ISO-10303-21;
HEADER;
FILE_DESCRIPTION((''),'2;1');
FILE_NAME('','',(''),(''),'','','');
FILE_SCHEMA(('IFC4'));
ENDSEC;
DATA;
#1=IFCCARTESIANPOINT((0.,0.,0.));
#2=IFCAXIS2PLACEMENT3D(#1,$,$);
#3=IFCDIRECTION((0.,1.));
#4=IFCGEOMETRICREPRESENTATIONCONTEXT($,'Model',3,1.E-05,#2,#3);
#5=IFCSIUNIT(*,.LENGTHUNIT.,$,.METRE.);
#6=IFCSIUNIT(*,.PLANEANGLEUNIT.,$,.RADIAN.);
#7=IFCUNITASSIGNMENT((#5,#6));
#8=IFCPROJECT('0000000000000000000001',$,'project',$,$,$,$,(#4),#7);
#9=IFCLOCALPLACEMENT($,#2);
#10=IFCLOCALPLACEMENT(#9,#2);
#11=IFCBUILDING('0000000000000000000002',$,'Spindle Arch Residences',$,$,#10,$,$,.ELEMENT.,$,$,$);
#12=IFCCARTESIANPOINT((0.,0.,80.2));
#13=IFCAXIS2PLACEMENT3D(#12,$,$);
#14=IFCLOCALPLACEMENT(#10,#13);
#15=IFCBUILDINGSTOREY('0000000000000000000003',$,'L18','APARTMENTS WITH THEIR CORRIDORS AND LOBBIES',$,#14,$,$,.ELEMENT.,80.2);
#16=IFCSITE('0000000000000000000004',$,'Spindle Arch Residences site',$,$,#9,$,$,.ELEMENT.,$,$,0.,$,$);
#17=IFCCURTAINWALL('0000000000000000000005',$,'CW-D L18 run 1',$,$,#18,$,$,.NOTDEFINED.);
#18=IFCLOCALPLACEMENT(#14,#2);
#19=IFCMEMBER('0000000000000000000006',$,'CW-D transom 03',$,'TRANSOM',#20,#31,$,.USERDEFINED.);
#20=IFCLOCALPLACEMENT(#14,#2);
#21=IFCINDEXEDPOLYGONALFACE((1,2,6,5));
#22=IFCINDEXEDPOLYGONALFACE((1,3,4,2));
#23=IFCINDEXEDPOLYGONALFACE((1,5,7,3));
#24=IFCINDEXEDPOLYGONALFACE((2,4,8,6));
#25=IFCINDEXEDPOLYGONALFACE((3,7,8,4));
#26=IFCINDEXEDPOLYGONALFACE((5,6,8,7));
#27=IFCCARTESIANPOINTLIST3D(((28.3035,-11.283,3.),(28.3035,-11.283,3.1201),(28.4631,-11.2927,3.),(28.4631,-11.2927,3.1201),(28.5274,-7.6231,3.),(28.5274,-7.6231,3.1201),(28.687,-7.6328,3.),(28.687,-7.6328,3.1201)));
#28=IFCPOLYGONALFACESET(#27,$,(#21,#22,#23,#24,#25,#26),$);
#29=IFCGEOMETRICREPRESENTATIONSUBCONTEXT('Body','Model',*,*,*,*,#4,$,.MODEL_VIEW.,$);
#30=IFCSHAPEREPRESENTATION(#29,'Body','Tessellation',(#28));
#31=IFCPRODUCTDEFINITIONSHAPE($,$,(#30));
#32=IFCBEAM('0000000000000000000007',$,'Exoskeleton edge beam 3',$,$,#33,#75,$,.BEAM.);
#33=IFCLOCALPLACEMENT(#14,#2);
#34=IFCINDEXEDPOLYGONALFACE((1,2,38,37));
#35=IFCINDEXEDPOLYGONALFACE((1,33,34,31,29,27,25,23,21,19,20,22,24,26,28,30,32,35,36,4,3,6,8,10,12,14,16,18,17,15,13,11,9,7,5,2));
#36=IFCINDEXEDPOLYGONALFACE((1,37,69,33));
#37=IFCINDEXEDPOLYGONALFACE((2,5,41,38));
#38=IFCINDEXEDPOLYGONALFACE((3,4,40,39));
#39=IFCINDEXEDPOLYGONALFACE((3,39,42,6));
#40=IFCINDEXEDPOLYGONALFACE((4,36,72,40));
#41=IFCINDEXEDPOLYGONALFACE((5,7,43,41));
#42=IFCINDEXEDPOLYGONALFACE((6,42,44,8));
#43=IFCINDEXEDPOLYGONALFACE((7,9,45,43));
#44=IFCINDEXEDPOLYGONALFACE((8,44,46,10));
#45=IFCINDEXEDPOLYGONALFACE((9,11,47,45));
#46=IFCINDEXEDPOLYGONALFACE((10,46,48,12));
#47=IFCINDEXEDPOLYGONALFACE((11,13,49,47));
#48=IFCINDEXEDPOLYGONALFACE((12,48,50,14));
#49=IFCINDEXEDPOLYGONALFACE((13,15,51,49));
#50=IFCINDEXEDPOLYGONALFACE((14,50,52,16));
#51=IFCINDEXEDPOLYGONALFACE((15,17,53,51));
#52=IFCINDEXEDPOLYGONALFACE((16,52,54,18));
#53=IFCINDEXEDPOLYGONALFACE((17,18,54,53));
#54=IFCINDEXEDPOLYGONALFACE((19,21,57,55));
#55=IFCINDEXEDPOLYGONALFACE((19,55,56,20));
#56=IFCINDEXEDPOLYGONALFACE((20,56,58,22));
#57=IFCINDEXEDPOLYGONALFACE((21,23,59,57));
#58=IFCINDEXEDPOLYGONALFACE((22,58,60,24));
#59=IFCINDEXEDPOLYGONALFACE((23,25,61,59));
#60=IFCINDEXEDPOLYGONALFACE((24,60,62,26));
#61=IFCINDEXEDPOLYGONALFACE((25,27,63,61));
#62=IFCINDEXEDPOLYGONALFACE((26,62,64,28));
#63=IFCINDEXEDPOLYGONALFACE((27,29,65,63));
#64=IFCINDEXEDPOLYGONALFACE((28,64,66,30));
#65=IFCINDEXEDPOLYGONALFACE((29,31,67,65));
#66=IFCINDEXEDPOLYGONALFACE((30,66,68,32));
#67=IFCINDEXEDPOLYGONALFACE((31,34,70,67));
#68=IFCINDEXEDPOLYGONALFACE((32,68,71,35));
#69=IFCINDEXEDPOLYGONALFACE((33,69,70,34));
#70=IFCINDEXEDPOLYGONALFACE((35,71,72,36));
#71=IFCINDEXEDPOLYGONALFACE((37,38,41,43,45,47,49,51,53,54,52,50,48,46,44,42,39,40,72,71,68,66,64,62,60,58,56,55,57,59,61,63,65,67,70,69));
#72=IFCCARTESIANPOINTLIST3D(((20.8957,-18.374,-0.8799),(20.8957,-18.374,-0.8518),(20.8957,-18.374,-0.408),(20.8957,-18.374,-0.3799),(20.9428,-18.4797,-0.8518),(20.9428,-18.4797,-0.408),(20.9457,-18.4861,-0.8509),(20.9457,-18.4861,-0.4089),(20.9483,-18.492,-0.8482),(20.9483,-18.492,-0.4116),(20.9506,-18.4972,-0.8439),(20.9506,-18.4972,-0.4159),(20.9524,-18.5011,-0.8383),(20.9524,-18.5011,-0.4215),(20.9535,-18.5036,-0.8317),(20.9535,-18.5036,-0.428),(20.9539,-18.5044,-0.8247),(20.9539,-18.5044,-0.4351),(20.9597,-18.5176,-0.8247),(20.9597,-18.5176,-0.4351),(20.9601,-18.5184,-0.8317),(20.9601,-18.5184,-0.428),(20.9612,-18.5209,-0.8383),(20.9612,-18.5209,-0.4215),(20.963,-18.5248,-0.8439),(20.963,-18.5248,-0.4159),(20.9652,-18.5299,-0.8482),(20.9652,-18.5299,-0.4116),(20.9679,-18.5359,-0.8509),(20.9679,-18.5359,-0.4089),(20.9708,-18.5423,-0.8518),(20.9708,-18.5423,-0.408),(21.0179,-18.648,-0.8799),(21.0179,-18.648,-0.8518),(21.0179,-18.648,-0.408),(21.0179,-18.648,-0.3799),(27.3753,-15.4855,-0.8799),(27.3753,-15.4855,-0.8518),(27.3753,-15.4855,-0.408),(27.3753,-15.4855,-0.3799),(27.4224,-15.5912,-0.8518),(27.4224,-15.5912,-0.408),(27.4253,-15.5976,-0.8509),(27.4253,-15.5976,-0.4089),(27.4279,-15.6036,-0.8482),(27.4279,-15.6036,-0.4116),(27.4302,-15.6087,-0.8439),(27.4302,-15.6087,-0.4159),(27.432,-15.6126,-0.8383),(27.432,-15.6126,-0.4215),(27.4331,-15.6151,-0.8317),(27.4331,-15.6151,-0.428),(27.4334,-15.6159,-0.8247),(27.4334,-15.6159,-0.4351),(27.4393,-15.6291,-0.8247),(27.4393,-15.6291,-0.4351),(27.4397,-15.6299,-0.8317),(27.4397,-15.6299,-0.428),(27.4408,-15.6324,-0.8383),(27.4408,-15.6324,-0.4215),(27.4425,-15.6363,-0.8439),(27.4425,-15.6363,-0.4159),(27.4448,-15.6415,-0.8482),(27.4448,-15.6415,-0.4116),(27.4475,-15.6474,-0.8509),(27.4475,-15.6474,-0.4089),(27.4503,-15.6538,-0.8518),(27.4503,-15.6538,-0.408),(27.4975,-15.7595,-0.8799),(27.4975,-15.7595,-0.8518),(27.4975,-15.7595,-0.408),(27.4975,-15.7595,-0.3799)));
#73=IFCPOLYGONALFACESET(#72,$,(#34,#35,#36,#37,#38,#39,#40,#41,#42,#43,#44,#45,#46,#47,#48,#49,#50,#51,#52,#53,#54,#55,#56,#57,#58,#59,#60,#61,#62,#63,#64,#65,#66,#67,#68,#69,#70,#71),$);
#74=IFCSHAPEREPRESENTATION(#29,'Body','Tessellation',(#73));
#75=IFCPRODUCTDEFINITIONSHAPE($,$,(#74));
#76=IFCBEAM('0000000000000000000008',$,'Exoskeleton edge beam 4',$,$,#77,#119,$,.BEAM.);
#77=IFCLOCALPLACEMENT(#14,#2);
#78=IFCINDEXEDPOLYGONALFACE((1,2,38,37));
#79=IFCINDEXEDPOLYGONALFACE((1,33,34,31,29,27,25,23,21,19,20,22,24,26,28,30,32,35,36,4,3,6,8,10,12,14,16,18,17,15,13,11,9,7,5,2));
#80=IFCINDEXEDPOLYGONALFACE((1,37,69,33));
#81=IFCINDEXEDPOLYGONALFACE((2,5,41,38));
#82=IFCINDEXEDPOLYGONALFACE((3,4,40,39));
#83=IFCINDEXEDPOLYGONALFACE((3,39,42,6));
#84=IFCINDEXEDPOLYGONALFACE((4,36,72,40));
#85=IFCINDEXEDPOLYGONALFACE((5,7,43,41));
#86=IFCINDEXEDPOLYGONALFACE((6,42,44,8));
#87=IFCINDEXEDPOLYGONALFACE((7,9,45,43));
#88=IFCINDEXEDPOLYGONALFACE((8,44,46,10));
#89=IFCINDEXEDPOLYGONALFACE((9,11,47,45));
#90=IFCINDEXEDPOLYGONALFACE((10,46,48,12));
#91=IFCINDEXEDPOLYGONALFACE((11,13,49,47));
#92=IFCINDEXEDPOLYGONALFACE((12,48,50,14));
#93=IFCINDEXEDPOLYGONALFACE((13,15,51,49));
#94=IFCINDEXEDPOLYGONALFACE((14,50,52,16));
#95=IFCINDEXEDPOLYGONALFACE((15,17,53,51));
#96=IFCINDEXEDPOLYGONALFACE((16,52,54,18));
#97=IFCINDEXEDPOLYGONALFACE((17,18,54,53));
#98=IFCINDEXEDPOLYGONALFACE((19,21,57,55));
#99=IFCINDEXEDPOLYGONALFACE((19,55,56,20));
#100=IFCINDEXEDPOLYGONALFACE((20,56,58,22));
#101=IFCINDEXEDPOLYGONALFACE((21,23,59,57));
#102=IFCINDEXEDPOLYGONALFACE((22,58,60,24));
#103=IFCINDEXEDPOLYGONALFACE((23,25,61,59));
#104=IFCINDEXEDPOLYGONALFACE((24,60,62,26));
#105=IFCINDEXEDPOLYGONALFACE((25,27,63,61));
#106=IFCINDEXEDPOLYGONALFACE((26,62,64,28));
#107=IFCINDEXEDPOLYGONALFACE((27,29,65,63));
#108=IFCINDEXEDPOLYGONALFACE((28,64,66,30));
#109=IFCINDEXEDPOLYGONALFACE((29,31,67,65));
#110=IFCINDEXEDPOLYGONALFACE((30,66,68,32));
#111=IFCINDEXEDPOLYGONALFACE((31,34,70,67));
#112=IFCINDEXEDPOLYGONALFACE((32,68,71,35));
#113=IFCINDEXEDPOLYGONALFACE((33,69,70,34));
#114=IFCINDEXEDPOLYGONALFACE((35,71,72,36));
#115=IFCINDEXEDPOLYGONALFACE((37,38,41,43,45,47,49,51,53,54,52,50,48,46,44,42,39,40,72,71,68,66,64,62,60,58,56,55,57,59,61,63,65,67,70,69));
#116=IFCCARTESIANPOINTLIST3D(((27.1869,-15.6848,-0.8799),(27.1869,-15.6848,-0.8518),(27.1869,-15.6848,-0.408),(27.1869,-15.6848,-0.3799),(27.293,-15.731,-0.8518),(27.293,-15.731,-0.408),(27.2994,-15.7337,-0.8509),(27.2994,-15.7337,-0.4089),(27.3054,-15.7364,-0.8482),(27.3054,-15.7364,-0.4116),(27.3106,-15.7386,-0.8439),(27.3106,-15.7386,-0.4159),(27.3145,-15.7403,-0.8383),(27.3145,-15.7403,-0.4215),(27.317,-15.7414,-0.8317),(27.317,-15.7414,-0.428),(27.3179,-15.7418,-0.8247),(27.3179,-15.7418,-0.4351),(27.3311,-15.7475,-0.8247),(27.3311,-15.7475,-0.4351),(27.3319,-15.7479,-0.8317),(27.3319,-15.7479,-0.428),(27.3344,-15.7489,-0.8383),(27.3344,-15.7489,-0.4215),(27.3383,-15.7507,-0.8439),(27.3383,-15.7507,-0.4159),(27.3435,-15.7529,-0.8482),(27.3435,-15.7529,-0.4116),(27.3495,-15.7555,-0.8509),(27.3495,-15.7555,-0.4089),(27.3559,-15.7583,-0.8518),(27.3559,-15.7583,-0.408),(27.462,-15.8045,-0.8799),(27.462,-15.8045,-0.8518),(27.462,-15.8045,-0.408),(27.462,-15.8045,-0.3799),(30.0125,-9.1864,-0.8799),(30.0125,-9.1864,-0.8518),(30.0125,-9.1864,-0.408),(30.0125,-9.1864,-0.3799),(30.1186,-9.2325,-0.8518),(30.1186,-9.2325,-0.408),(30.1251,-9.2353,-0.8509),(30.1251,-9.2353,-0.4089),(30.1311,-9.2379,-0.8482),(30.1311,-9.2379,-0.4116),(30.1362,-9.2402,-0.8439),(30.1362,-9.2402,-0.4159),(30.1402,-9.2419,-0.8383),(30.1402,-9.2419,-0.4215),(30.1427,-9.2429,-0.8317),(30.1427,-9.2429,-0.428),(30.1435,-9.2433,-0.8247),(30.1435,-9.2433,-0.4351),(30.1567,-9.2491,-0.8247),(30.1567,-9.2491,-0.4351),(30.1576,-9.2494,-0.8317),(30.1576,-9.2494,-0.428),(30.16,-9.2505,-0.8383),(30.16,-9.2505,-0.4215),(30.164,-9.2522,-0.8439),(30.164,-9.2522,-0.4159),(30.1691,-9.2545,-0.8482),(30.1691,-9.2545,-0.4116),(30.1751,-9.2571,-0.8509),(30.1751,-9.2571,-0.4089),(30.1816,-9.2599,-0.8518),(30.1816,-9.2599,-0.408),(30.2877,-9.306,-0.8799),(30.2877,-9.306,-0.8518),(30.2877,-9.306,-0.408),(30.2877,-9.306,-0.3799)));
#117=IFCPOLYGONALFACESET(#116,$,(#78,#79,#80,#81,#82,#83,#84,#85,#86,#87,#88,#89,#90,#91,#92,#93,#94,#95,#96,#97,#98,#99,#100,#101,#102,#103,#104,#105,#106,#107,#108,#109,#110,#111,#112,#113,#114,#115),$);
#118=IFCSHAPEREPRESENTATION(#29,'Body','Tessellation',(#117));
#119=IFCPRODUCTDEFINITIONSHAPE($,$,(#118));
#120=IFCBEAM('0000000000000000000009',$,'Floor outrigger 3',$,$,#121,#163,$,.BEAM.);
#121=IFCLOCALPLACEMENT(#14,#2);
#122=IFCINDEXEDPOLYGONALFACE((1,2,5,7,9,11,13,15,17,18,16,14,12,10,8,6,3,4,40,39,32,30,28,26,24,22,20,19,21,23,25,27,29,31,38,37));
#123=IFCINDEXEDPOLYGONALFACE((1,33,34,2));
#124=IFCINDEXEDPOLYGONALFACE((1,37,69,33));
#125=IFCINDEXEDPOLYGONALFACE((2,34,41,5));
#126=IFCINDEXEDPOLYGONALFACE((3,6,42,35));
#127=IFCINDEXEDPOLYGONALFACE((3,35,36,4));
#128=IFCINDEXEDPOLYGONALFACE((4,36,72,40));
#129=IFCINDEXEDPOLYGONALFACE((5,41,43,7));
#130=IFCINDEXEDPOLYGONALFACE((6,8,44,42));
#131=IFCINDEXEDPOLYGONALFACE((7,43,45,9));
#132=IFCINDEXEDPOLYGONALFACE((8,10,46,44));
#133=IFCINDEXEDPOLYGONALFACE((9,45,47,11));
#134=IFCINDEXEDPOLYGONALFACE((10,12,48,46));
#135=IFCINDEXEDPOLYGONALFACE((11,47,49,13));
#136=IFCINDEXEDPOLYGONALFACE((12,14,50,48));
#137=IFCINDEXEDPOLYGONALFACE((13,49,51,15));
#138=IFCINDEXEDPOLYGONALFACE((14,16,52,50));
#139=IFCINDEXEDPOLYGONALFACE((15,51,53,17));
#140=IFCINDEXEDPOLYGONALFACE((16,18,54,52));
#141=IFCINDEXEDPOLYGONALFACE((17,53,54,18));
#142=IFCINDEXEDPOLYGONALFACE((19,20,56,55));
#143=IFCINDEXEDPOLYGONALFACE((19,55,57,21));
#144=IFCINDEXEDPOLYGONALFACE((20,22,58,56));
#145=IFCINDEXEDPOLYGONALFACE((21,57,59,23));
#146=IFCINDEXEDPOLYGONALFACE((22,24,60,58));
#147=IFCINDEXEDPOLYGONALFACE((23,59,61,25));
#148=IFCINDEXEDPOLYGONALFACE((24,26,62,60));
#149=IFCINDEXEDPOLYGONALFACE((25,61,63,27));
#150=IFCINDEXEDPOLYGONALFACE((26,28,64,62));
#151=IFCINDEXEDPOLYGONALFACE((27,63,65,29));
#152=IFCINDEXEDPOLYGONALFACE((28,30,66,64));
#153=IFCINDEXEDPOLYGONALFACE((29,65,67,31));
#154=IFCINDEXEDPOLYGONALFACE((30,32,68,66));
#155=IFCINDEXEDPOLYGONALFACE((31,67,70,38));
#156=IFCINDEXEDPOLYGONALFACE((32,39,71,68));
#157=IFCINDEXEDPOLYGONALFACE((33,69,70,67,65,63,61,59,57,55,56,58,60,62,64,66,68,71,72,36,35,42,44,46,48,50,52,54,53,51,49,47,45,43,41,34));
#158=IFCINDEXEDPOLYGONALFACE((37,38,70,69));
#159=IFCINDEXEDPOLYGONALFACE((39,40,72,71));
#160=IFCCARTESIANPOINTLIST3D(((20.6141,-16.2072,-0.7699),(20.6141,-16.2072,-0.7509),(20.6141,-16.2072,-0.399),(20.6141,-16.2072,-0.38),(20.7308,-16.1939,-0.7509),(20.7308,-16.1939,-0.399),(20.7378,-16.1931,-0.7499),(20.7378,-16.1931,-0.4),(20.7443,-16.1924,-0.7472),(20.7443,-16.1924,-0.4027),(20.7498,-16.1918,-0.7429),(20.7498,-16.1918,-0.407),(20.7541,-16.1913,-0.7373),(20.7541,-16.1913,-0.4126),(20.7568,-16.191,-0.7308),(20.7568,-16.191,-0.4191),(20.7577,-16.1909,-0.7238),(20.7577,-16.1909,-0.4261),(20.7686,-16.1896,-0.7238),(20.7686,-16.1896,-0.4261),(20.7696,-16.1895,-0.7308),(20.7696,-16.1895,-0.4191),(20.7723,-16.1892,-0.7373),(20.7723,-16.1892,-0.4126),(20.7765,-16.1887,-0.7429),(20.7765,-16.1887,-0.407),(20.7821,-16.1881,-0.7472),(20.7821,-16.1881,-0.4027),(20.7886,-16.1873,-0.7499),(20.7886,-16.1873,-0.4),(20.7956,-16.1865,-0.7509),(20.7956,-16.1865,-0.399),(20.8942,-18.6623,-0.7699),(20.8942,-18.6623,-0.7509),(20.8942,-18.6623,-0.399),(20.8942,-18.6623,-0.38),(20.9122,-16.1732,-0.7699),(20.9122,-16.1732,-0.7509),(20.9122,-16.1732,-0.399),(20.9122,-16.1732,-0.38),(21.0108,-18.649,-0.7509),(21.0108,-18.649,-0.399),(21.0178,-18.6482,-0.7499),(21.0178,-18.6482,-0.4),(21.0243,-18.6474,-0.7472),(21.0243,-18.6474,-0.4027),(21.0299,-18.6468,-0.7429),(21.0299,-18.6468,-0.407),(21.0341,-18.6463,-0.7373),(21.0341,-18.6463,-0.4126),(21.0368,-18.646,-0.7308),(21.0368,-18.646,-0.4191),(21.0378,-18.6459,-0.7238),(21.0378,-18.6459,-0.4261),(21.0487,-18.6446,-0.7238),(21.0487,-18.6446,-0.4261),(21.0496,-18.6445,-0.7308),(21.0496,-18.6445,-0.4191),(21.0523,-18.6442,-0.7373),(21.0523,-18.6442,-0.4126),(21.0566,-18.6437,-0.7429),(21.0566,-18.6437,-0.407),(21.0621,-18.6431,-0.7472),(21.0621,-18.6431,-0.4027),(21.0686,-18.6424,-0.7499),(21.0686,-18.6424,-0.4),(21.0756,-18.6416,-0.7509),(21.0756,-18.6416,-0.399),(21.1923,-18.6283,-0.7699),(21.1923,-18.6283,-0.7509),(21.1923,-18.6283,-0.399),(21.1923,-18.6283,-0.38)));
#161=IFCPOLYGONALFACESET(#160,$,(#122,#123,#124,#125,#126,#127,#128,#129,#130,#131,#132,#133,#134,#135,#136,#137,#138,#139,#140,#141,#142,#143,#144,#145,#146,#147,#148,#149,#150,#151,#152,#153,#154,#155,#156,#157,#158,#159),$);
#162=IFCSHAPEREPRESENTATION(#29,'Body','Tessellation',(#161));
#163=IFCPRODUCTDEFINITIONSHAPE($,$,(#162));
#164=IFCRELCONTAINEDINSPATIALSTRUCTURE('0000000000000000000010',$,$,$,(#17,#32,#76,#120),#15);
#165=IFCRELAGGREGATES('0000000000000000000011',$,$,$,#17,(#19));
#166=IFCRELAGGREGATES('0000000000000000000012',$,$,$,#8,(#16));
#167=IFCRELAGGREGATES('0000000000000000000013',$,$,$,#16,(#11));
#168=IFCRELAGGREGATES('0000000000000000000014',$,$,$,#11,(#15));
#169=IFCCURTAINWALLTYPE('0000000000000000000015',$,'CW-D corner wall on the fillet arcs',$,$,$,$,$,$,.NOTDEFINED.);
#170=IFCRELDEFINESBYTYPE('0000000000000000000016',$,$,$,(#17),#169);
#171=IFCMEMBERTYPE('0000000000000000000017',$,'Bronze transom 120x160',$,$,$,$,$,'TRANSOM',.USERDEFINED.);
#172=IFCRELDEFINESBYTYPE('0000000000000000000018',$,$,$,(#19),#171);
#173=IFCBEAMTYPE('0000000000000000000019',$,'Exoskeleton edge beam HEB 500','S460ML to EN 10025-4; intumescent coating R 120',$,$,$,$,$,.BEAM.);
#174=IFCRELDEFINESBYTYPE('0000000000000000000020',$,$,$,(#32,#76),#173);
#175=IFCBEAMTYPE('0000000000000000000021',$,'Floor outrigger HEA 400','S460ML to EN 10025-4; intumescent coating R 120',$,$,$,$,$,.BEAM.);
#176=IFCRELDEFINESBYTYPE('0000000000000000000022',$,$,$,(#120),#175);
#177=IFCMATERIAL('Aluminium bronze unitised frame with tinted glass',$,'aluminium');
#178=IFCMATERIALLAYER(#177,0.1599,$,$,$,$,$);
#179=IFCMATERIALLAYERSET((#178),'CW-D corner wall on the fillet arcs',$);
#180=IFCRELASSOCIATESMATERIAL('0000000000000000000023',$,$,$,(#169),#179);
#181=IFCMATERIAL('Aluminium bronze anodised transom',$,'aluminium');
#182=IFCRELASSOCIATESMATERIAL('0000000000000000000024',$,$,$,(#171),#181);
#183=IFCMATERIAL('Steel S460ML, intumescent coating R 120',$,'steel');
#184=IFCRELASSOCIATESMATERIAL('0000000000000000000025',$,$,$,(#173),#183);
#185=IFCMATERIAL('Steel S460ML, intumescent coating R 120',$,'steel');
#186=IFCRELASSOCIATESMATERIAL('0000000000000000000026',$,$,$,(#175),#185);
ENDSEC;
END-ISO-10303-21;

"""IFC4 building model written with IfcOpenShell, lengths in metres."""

from ifc_helpers import new_model, si_unit, direction, frame, origin, origin_2d, place, context, subcontext, project, spatial, rectangle, i_section, extrude, material, layer, layer_set, material_profile, profile_set, type_object, element, aggregate, save


model = new_model("IFC4")

# Units and contexts
model_context = context("Model", 3, precision=1e-05, world=origin(), true_north=direction((0.0, 1.0)))
body_context = subcontext(model_context, "Body", "Model", "MODEL_VIEW")
ifc_project = project(units=[si_unit("LENGTHUNIT", "METRE"), si_unit("PLANEANGLEUNIT", "RADIAN")], contexts=[model_context])

# Site, building, storey
site_placement = place(None, origin())
site = spatial("IfcSite", under=ifc_project, at=site_placement, Name="Spindle Arch Residences site", CompositionType="ELEMENT", RefElevation=0.0)
building_placement = place(site_placement, origin())
building = spatial("IfcBuilding", under=site, at=building_placement, Name="Spindle Arch Residences", CompositionType="ELEMENT")
storey_placement = place(building_placement, frame((0.0, 0.0, 80.2)))
storey = spatial("IfcBuildingStorey", under=building, at=storey_placement, Name="L18", Description="APARTMENTS WITH THEIR CORRIDORS AND LOBBIES", CompositionType="ELEMENT", Elevation=80.2)

# Curtain wall, member
ifc_material_1 = material(Name="Aluminium bronze unitised frame with tinted glass", Category="aluminium")
ifc_layer_1 = layer(ifc_material_1, 0.1599)
ifc_layer_set_1 = layer_set([ifc_layer_1], Name="CW-D corner wall on the fillet arcs")
curtain_wall_type_1 = type_object("IfcCurtainWallType", Name="CW-D corner wall on the fillet arcs", PredefinedType="NOTDEFINED", material=ifc_layer_set_1)
curtain_wall_1_placement = place(storey_placement, origin())
curtain_wall_1 = element("IfcCurtainWall", 1, at=curtain_wall_1_placement, inside=storey, type_object=curtain_wall_type_1, Name="CW-D L18 run 1", PredefinedType="NOTDEFINED")
ifc_material_2 = material(Name="Aluminium bronze anodised transom", Category="aluminium")
ifc_material_profile_1 = material_profile(ifc_material_2, rectangle(XDim=0.1599, YDim=0.1201, at=origin_2d()), Name="TR 120x160")
ifc_profile_set_1 = profile_set([ifc_material_profile_1], Name="Aluminium bronze anodised transom")
member_type_1 = type_object("IfcMemberType", Name="Bronze transom 120x160", ElementType="TRANSOM", PredefinedType="USERDEFINED", material=ifc_profile_set_1)
member_1_placement = place(storey_placement, frame((28.3833, -11.2878, 3.0601), z_axis=(0.061056, 0.998134, 0.0), x_axis=(-0.998134, 0.061056, 0.0)))
member_1 = element("IfcMember", 2, at=member_1_placement, type_object=member_type_1, Name="CW-D transom 03", ObjectType="TRANSOM", PredefinedType="USERDEFINED", context=body_context, shape_type="SweptSolid", body=[
    extrude(rectangle(XDim=0.1599, YDim=0.1201, at=origin_2d()), origin(), (0.0, 0.0, 1.0), 3.6667),
])

# Beams
ifc_material_3 = material(Name="Steel S460ML, intumescent coating R 120", Category="steel")
ifc_material_profile_2 = material_profile(ifc_material_3, i_section(OverallWidth=0.3, OverallDepth=0.5, WebThickness=0.0144, FlangeThickness=0.0281, FilletRadius=0.0271, at=origin_2d()), Name="HEB 500")
ifc_profile_set_2 = profile_set([ifc_material_profile_2], Name="Steel S460ML, intumescent coating R 120")
beam_type_1 = type_object("IfcBeamType", Name="Exoskeleton edge beam HEB 500", Description="S460ML to EN 10025-4; intumescent coating R 120", PredefinedType="BEAM", material=ifc_profile_set_2)
beam_1_placement = place(storey_placement, frame((20.9568, -18.511, -0.6299), z_axis=(0.913358, 0.407157, 0.0), x_axis=(-0.407157, 0.913358, 0.0)))
element("IfcBeam", 3, at=beam_1_placement, inside=storey, type_object=beam_type_1, Name="Exoskeleton edge beam 3", PredefinedType="BEAM", context=body_context, shape_type="SweptSolid", body=[
    extrude(i_section(OverallWidth=0.3, OverallDepth=0.5, WebThickness=0.0144, FlangeThickness=0.0281, FilletRadius=0.0271, at=origin_2d()), origin(), (0.0, 0.0, 1.0), 7.0942),
])
beam_2_placement = place(storey_placement, frame((27.3245, -15.7446, -0.6299), z_axis=(0.398754, 0.917058, 0.0), x_axis=(-0.917058, 0.398754, 0.0)))
element("IfcBeam", 4, at=beam_2_placement, inside=storey, type_object=beam_type_1, Name="Exoskeleton edge beam 4", PredefinedType="BEAM", context=body_context, shape_type="SweptSolid", body=[
    extrude(i_section(OverallWidth=0.3, OverallDepth=0.5, WebThickness=0.0144, FlangeThickness=0.0281, FilletRadius=0.0271, at=origin_2d()), origin(), (0.0, 0.0, 1.0), 7.0862),
])
ifc_material_4 = material(Name="Steel S460ML, intumescent coating R 120", Category="steel")
ifc_material_profile_3 = material_profile(ifc_material_4, i_section(OverallWidth=0.3, OverallDepth=0.3899, WebThickness=0.011, FlangeThickness=0.019, FilletRadius=0.0271, at=origin_2d()), Name="HEA 400")
ifc_profile_set_3 = profile_set([ifc_material_profile_3], Name="Steel S460ML, intumescent coating R 120")
beam_type_2 = type_object("IfcBeamType", Name="Floor outrigger HEA 400", Description="S460ML to EN 10025-4; intumescent coating R 120", PredefinedType="BEAM", material=ifc_profile_set_3)
beam_3_placement = place(storey_placement, frame((21.0432, -18.6453, -0.575), z_axis=(-0.113326, 0.993558, 0.0), x_axis=(-0.993558, -0.113326, 0.0)))
element("IfcBeam", 5, at=beam_3_placement, inside=storey, type_object=beam_type_2, Name="Floor outrigger 3", PredefinedType="BEAM", context=body_context, shape_type="SweptSolid", body=[
    extrude(i_section(OverallWidth=0.3, OverallDepth=0.3899, WebThickness=0.011, FlangeThickness=0.019, FilletRadius=0.0271, at=origin_2d()), origin(), (0.0, 0.0, 1.0), 2.4709),
])

aggregate(curtain_wall_1, [member_1])

save(model, "model.ifc")
